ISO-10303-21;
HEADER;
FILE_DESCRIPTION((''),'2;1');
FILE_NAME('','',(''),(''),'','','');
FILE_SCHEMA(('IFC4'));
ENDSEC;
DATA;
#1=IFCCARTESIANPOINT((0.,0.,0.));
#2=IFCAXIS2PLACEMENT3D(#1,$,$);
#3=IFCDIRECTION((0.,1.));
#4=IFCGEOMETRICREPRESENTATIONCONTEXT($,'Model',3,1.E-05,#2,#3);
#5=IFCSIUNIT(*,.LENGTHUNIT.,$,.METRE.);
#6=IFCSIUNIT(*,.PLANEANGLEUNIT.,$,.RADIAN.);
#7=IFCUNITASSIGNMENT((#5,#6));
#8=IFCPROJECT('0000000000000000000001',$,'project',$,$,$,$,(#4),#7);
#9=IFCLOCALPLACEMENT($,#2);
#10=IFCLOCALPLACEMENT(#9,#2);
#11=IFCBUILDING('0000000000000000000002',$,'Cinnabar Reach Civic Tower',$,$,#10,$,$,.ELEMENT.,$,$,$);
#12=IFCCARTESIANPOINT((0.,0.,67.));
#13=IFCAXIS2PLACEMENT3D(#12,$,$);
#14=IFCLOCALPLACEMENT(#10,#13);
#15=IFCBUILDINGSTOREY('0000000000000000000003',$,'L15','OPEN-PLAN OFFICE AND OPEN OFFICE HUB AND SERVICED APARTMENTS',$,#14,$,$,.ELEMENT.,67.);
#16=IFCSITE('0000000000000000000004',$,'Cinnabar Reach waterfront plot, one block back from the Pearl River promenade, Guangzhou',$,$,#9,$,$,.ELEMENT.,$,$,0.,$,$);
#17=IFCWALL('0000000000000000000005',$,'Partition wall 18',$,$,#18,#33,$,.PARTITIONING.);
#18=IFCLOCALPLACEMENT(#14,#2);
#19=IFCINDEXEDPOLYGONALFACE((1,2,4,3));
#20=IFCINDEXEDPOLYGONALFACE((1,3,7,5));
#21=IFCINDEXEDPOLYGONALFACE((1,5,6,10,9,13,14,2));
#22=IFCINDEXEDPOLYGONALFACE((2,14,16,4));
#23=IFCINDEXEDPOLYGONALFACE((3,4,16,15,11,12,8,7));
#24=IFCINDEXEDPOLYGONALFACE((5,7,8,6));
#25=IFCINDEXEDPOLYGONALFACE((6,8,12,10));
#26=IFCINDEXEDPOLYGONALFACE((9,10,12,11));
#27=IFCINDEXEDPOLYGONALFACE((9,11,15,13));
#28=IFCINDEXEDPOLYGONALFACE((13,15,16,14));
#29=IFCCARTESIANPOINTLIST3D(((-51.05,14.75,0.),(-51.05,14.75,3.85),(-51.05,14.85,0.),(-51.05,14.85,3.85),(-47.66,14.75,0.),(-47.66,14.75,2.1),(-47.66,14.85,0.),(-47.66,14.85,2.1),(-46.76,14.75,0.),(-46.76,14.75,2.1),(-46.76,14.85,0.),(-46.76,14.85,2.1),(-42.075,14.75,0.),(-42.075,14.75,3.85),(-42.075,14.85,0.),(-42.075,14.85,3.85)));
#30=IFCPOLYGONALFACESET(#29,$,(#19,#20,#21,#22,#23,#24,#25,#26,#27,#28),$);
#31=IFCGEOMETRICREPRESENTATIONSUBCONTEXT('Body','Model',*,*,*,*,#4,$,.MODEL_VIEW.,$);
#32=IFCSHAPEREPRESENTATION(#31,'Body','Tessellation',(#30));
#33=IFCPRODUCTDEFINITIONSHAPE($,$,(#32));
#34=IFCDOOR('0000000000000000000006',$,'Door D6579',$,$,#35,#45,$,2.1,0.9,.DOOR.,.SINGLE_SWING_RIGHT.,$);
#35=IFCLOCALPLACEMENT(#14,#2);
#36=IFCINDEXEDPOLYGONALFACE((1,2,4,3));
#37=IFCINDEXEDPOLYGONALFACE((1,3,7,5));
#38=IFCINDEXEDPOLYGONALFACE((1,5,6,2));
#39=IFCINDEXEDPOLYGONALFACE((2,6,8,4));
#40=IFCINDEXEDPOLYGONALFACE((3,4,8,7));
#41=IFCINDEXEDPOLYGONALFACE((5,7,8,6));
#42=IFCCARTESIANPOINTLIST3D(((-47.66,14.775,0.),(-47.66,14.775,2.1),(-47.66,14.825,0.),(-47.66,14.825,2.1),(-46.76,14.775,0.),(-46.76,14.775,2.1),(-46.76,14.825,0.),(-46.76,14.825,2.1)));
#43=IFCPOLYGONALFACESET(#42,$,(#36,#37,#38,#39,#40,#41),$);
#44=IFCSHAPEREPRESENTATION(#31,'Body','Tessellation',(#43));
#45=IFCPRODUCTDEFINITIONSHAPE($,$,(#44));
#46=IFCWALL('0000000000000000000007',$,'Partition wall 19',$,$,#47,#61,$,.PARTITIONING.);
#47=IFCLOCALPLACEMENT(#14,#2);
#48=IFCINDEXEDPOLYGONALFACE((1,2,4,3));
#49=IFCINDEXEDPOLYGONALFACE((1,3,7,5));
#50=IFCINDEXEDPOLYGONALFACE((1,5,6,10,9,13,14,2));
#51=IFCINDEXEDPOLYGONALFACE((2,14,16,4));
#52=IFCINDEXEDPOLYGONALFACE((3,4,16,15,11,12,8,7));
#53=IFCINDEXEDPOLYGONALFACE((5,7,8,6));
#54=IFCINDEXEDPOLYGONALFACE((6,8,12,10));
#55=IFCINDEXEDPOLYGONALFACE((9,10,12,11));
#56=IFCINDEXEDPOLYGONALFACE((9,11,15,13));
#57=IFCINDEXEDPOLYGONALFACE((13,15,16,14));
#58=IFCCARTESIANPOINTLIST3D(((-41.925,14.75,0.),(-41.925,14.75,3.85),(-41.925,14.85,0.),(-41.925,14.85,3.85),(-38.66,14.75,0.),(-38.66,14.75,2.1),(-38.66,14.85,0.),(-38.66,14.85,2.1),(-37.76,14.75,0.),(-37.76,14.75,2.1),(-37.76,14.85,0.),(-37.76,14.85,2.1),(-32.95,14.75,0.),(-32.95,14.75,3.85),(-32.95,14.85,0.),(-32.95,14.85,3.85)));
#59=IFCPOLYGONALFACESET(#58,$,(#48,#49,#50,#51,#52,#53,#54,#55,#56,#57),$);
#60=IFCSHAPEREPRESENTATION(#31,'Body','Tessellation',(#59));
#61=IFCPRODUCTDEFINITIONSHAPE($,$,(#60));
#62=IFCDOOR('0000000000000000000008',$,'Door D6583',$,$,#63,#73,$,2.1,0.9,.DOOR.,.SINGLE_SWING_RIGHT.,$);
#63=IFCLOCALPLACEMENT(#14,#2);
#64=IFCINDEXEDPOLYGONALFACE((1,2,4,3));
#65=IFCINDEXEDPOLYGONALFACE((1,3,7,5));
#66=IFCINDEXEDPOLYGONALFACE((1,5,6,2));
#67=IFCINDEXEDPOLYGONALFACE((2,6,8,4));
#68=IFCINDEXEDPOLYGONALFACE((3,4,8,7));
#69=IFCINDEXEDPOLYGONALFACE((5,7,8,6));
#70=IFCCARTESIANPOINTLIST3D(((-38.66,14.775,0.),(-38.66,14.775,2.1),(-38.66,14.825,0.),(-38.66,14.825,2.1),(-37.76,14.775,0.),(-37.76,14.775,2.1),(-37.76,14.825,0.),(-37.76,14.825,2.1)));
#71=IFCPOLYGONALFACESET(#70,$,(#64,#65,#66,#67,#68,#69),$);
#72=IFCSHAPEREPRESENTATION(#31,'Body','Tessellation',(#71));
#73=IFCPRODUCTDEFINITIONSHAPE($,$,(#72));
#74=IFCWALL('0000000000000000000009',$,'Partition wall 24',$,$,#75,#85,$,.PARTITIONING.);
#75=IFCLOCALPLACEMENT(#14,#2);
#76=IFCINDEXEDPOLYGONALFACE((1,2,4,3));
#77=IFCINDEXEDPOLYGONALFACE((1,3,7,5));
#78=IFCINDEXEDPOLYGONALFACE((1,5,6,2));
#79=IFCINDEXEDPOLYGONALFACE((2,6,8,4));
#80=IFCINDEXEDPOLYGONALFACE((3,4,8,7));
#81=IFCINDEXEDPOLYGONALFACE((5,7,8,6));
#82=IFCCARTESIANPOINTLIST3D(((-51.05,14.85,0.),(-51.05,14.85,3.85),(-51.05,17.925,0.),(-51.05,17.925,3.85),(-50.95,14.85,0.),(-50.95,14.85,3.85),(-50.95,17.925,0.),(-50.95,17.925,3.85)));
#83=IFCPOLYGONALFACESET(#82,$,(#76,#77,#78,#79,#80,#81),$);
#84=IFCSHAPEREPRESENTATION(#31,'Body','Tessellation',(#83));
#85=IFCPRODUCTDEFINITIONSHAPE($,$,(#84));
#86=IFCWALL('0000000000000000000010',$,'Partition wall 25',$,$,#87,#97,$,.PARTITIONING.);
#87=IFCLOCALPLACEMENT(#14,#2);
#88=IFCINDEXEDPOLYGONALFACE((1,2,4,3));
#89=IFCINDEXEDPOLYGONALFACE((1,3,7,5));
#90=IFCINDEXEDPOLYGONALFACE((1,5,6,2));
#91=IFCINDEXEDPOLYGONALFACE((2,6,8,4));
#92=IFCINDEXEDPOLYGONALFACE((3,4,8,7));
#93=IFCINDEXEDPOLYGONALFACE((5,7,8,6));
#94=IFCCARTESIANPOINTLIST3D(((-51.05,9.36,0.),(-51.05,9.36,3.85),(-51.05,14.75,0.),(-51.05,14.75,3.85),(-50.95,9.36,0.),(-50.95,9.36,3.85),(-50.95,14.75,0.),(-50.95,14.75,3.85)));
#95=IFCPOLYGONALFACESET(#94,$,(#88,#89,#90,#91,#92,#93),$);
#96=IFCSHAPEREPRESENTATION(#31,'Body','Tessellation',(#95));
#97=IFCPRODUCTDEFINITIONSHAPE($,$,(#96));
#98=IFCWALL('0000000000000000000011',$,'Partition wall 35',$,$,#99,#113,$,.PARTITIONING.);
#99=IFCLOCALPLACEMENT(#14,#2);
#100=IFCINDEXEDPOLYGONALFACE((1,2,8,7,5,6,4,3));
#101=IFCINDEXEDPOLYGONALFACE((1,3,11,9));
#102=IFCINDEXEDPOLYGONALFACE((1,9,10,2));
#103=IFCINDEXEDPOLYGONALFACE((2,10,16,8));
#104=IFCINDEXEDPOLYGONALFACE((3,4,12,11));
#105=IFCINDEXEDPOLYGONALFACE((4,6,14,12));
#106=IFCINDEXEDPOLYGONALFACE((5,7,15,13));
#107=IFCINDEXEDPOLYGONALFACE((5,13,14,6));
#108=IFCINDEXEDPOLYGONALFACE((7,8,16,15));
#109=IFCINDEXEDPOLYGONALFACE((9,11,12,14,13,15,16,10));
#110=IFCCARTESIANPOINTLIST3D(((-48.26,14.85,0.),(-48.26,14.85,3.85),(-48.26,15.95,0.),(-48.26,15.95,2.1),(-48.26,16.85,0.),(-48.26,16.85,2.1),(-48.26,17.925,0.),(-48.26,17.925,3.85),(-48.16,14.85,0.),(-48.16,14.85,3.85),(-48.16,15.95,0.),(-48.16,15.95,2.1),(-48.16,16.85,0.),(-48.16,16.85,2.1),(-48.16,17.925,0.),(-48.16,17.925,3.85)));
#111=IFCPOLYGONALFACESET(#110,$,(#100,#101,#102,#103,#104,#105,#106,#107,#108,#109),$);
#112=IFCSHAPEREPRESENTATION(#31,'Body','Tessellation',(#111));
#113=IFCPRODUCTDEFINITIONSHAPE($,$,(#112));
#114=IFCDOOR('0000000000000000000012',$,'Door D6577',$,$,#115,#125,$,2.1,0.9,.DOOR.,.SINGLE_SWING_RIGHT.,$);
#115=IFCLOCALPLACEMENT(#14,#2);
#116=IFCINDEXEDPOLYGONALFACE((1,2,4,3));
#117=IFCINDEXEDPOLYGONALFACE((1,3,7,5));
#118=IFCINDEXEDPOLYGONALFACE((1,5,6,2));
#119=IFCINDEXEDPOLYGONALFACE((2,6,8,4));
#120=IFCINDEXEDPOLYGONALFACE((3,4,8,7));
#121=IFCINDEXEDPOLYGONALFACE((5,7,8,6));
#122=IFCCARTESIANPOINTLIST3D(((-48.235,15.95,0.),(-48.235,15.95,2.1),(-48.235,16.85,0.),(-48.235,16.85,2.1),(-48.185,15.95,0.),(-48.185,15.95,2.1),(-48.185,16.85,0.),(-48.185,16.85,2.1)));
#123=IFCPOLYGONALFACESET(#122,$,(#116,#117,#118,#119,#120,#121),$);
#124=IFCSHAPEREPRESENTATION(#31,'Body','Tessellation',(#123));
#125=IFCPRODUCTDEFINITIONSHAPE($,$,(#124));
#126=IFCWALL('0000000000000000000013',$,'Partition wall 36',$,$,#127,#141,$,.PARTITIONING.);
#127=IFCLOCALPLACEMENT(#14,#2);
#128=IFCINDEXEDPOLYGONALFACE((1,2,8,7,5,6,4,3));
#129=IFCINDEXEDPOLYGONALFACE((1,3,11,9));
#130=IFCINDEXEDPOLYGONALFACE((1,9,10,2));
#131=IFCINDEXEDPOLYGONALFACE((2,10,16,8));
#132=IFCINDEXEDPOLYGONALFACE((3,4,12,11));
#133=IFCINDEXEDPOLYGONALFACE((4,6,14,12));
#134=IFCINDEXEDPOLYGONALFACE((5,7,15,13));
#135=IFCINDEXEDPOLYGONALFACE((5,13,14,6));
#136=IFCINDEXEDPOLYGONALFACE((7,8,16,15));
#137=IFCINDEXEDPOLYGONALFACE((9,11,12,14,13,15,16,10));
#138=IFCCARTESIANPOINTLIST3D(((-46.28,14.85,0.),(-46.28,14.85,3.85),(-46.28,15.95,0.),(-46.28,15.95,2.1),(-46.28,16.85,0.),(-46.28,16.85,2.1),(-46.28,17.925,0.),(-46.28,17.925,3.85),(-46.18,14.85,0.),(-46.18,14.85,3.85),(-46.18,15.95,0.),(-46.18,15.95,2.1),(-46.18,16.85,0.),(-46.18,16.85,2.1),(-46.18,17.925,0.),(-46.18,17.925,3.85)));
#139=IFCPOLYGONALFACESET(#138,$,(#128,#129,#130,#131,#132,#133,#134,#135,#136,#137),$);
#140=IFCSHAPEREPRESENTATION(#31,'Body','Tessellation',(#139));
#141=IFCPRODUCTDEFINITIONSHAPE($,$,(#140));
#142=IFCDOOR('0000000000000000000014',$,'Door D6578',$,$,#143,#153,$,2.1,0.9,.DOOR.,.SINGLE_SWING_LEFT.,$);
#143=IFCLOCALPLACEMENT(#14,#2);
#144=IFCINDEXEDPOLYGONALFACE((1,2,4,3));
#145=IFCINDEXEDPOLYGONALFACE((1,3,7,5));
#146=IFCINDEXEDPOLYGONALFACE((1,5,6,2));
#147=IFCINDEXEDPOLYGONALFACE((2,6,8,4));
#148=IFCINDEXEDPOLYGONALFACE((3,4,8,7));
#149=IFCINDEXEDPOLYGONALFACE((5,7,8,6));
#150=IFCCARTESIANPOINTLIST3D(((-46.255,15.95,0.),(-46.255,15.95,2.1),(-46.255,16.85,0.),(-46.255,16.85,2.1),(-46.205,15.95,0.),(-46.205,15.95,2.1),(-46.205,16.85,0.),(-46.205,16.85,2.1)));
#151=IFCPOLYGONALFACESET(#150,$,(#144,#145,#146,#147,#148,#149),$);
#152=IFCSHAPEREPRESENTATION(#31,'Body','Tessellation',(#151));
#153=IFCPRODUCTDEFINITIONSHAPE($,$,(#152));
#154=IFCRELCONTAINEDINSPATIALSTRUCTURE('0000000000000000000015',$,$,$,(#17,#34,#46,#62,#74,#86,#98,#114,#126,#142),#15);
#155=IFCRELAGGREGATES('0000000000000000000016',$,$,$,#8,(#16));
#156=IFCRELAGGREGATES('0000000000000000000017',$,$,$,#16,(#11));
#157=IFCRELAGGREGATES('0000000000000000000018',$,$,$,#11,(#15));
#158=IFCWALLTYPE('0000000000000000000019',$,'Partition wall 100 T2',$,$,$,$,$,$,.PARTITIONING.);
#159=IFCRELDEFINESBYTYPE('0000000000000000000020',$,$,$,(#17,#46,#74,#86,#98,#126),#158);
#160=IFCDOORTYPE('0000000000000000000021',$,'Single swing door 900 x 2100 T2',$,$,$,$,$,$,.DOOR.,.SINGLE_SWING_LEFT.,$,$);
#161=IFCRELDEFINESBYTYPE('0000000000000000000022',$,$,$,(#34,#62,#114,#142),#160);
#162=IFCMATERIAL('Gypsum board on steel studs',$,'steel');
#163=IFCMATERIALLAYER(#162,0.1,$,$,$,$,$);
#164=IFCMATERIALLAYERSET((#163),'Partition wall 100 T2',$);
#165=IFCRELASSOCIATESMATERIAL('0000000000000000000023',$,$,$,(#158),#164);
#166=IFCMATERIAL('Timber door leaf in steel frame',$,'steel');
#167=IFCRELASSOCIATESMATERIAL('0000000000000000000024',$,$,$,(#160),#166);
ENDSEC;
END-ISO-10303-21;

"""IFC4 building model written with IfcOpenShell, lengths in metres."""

from ifc_helpers import new_model, si_unit, direction, frame, frame_2d, origin, place, context, subcontext, project, spatial, rectangle, extrude, material, layer, layer_set, type_object, element, fill, save


model = new_model("IFC4")

# Units and contexts
model_context = context("Model", 3, precision=1e-05, world=origin(), true_north=direction((0.0, 1.0)))
body_context = subcontext(model_context, "Body", "Model", "MODEL_VIEW")
ifc_project = project(units=[si_unit("LENGTHUNIT", "METRE"), si_unit("PLANEANGLEUNIT", "RADIAN")], contexts=[model_context])

# Site, building, storey
site_placement = place(None, origin())
site = spatial("IfcSite", under=ifc_project, at=site_placement, Name="Cinnabar Reach waterfront plot, one block back from the Pearl River promenade, Guangzhou", CompositionType="ELEMENT", RefElevation=0.0)
building_placement = place(site_placement, origin())
building = spatial("IfcBuilding", under=site, at=building_placement, Name="Cinnabar Reach Civic Tower", CompositionType="ELEMENT")
storey_placement = place(building_placement, frame((0.0, 0.0, 67.0)))
storey = spatial("IfcBuildingStorey", under=building, at=storey_placement, Name="L15", Description="OPEN-PLAN OFFICE AND OPEN OFFICE HUB AND SERVICED APARTMENTS", CompositionType="ELEMENT", Elevation=67.0)

# Walls, openings, doors
ifc_material_1 = material(Name="Gypsum board on steel studs", Category="steel")
ifc_layer_1 = layer(ifc_material_1, 0.1)
ifc_layer_set_1 = layer_set([ifc_layer_1], Name="Partition wall 100 T2")
wall_type_1 = type_object("IfcWallType", Name="Partition wall 100 T2", PredefinedType="PARTITIONING", material=ifc_layer_set_1)
wall_1_placement = place(storey_placement, frame((-51.05, 14.8, 0.0), z_axis=(0.0, 0.0, 1.0), x_axis=(1.0, 0.0, 0.0)))
wall_1 = element("IfcWall", 1, at=wall_1_placement, inside=storey, type_object=wall_type_1, Name="Partition wall 18", PredefinedType="PARTITIONING", context=body_context, shape_type="SweptSolid", body=[
    extrude(rectangle(XDim=8.975, YDim=0.1, at=frame_2d((4.4875, 0.0))), origin(), (0.0, 0.0, 1.0), 3.85),
])
opening_1_placement = place(wall_1_placement, frame((3.39, 0.0, 0.0)))
opening_1 = element("IfcOpeningElement", 2, at=opening_1_placement, cuts=wall_1, PredefinedType="OPENING", context=body_context, shape_type="SweptSolid", body=[
    extrude(rectangle(XDim=0.9, YDim=2.1, at=frame_2d((0.45, 1.05))), frame((0.0, 0.06, 0.0), z_axis=(0.0, -1.0, 0.0), x_axis=(1.0, 0.0, 0.0)), (0.0, 0.0, 1.0), 0.12),
])
ifc_material_2 = material(Name="Timber door leaf in steel frame", Category="steel")
door_type = type_object("IfcDoorType", Name="Single swing door 900 x 2100 T2", OperationType="SINGLE_SWING_LEFT", PredefinedType="DOOR", material=ifc_material_2)
door_1_placement = place(opening_1_placement, origin())
door_1 = element("IfcDoor", 3, at=door_1_placement, inside=storey, type_object=door_type, Name="Door D6579", OperationType="SINGLE_SWING_RIGHT", OverallHeight=2.1, OverallWidth=0.9, PredefinedType="DOOR", context=body_context, shape_type="SweptSolid", body=[
    extrude(rectangle(XDim=0.9, YDim=2.1, at=frame_2d((0.45, 1.05))), frame((0.0, 0.025, 0.0), z_axis=(0.0, -1.0, 0.0), x_axis=(1.0, 0.0, 0.0)), (0.0, 0.0, 1.0), 0.05),
])
fill(opening_1, door_1)
wall_2_placement = place(storey_placement, frame((-41.925, 14.8, 0.0), z_axis=(0.0, 0.0, 1.0), x_axis=(1.0, 0.0, 0.0)))
wall_2 = element("IfcWall", 4, at=wall_2_placement, inside=storey, type_object=wall_type_1, Name="Partition wall 19", PredefinedType="PARTITIONING", context=body_context, shape_type="SweptSolid", body=[
    extrude(rectangle(XDim=8.975, YDim=0.1, at=frame_2d((4.4875, 0.0))), origin(), (0.0, 0.0, 1.0), 3.85),
])
opening_2_placement = place(wall_2_placement, frame((3.265, 0.0, 0.0)))
opening_2 = element("IfcOpeningElement", 5, at=opening_2_placement, cuts=wall_2, PredefinedType="OPENING", context=body_context, shape_type="SweptSolid", body=[
    extrude(rectangle(XDim=0.9, YDim=2.1, at=frame_2d((0.45, 1.05))), frame((0.0, 0.06, 0.0), z_axis=(0.0, -1.0, 0.0), x_axis=(1.0, 0.0, 0.0)), (0.0, 0.0, 1.0), 0.12),
])
door_2_placement = place(opening_2_placement, origin())
door_2 = element("IfcDoor", 6, at=door_2_placement, inside=storey, type_object=door_type, Name="Door D6583", OperationType="SINGLE_SWING_RIGHT", OverallHeight=2.1, OverallWidth=0.9, PredefinedType="DOOR", context=body_context, shape_type="SweptSolid", body=[
    extrude(rectangle(XDim=0.9, YDim=2.1, at=frame_2d((0.45, 1.05))), frame((0.0, 0.025, 0.0), z_axis=(0.0, -1.0, 0.0), x_axis=(1.0, 0.0, 0.0)), (0.0, 0.0, 1.0), 0.05),
])
fill(opening_2, door_2)

# Walls
wall_3_placement = place(storey_placement, frame((-51.0, 14.85, 0.0), z_axis=(0.0, 0.0, 1.0), x_axis=(0.0, 1.0, 0.0)))
element("IfcWall", 7, at=wall_3_placement, inside=storey, type_object=wall_type_1, Name="Partition wall 24", PredefinedType="PARTITIONING", context=body_context, shape_type="SweptSolid", body=[
    extrude(rectangle(XDim=3.075, YDim=0.1, at=frame_2d((1.5375, 0.0))), origin(), (0.0, 0.0, 1.0), 3.85),
])
wall_4_placement = place(storey_placement, frame((-51.0, 9.36, 0.0), z_axis=(0.0, 0.0, 1.0), x_axis=(0.0, 1.0, 0.0)))
element("IfcWall", 8, at=wall_4_placement, inside=storey, type_object=wall_type_1, Name="Partition wall 25", PredefinedType="PARTITIONING", context=body_context, shape_type="SweptSolid", body=[
    extrude(rectangle(XDim=5.39, YDim=0.1, at=frame_2d((2.695, 0.0))), origin(), (0.0, 0.0, 1.0), 3.85),
])

# Walls, openings, doors
wall_5_placement = place(storey_placement, frame((-48.21, 14.85, 0.0), z_axis=(0.0, 0.0, 1.0), x_axis=(0.0, 1.0, 0.0)))
wall_5 = element("IfcWall", 9, at=wall_5_placement, inside=storey, type_object=wall_type_1, Name="Partition wall 35", PredefinedType="PARTITIONING", context=body_context, shape_type="SweptSolid", body=[
    extrude(rectangle(XDim=3.075, YDim=0.1, at=frame_2d((1.5375, 0.0))), origin(), (0.0, 0.0, 1.0), 3.85),
])
opening_3_placement = place(wall_5_placement, frame((1.1, 0.0, 0.0)))
opening_3 = element("IfcOpeningElement", 10, at=opening_3_placement, cuts=wall_5, PredefinedType="OPENING", context=body_context, shape_type="SweptSolid", body=[
    extrude(rectangle(XDim=0.9, YDim=2.1, at=frame_2d((0.45, 1.05))), frame((0.0, 0.06, 0.0), z_axis=(0.0, -1.0, 0.0), x_axis=(1.0, 0.0, 0.0)), (0.0, 0.0, 1.0), 0.12),
])
door_3_placement = place(opening_3_placement, origin())
door_3 = element("IfcDoor", 11, at=door_3_placement, inside=storey, type_object=door_type, Name="Door D6577", OperationType="SINGLE_SWING_RIGHT", OverallHeight=2.1, OverallWidth=0.9, PredefinedType="DOOR", context=body_context, shape_type="SweptSolid", body=[
    extrude(rectangle(XDim=0.9, YDim=2.1, at=frame_2d((0.45, 1.05))), frame((0.0, 0.025, 0.0), z_axis=(0.0, -1.0, 0.0), x_axis=(1.0, 0.0, 0.0)), (0.0, 0.0, 1.0), 0.05),
])
fill(opening_3, door_3)
wall_6_placement = place(storey_placement, frame((-46.23, 14.85, 0.0), z_axis=(0.0, 0.0, 1.0), x_axis=(0.0, 1.0, 0.0)))
wall_6 = element("IfcWall", 12, at=wall_6_placement, inside=storey, type_object=wall_type_1, Name="Partition wall 36", PredefinedType="PARTITIONING", context=body_context, shape_type="SweptSolid", body=[
    extrude(rectangle(XDim=3.075, YDim=0.1, at=frame_2d((1.5375, 0.0))), origin(), (0.0, 0.0, 1.0), 3.85),
])
opening_4_placement = place(wall_6_placement, frame((1.1, 0.0, 0.0)))
opening_4 = element("IfcOpeningElement", 13, at=opening_4_placement, cuts=wall_6, PredefinedType="OPENING", context=body_context, shape_type="SweptSolid", body=[
    extrude(rectangle(XDim=0.9, YDim=2.1, at=frame_2d((0.45, 1.05))), frame((0.0, 0.06, 0.0), z_axis=(0.0, -1.0, 0.0), x_axis=(1.0, 0.0, 0.0)), (0.0, 0.0, 1.0), 0.12),
])
door_4_placement = place(opening_4_placement, origin())
door_4 = element("IfcDoor", 14, at=door_4_placement, inside=storey, type_object=door_type, Name="Door D6578", OperationType="SINGLE_SWING_LEFT", OverallHeight=2.1, OverallWidth=0.9, PredefinedType="DOOR", context=body_context, shape_type="SweptSolid", body=[
    extrude(rectangle(XDim=0.9, YDim=2.1, at=frame_2d((0.45, 1.05))), frame((0.0, 0.025, 0.0), z_axis=(0.0, -1.0, 0.0), x_axis=(1.0, 0.0, 0.0)), (0.0, 0.0, 1.0), 0.05),
])
fill(opening_4, door_4)

save(model, "model.ifc")
